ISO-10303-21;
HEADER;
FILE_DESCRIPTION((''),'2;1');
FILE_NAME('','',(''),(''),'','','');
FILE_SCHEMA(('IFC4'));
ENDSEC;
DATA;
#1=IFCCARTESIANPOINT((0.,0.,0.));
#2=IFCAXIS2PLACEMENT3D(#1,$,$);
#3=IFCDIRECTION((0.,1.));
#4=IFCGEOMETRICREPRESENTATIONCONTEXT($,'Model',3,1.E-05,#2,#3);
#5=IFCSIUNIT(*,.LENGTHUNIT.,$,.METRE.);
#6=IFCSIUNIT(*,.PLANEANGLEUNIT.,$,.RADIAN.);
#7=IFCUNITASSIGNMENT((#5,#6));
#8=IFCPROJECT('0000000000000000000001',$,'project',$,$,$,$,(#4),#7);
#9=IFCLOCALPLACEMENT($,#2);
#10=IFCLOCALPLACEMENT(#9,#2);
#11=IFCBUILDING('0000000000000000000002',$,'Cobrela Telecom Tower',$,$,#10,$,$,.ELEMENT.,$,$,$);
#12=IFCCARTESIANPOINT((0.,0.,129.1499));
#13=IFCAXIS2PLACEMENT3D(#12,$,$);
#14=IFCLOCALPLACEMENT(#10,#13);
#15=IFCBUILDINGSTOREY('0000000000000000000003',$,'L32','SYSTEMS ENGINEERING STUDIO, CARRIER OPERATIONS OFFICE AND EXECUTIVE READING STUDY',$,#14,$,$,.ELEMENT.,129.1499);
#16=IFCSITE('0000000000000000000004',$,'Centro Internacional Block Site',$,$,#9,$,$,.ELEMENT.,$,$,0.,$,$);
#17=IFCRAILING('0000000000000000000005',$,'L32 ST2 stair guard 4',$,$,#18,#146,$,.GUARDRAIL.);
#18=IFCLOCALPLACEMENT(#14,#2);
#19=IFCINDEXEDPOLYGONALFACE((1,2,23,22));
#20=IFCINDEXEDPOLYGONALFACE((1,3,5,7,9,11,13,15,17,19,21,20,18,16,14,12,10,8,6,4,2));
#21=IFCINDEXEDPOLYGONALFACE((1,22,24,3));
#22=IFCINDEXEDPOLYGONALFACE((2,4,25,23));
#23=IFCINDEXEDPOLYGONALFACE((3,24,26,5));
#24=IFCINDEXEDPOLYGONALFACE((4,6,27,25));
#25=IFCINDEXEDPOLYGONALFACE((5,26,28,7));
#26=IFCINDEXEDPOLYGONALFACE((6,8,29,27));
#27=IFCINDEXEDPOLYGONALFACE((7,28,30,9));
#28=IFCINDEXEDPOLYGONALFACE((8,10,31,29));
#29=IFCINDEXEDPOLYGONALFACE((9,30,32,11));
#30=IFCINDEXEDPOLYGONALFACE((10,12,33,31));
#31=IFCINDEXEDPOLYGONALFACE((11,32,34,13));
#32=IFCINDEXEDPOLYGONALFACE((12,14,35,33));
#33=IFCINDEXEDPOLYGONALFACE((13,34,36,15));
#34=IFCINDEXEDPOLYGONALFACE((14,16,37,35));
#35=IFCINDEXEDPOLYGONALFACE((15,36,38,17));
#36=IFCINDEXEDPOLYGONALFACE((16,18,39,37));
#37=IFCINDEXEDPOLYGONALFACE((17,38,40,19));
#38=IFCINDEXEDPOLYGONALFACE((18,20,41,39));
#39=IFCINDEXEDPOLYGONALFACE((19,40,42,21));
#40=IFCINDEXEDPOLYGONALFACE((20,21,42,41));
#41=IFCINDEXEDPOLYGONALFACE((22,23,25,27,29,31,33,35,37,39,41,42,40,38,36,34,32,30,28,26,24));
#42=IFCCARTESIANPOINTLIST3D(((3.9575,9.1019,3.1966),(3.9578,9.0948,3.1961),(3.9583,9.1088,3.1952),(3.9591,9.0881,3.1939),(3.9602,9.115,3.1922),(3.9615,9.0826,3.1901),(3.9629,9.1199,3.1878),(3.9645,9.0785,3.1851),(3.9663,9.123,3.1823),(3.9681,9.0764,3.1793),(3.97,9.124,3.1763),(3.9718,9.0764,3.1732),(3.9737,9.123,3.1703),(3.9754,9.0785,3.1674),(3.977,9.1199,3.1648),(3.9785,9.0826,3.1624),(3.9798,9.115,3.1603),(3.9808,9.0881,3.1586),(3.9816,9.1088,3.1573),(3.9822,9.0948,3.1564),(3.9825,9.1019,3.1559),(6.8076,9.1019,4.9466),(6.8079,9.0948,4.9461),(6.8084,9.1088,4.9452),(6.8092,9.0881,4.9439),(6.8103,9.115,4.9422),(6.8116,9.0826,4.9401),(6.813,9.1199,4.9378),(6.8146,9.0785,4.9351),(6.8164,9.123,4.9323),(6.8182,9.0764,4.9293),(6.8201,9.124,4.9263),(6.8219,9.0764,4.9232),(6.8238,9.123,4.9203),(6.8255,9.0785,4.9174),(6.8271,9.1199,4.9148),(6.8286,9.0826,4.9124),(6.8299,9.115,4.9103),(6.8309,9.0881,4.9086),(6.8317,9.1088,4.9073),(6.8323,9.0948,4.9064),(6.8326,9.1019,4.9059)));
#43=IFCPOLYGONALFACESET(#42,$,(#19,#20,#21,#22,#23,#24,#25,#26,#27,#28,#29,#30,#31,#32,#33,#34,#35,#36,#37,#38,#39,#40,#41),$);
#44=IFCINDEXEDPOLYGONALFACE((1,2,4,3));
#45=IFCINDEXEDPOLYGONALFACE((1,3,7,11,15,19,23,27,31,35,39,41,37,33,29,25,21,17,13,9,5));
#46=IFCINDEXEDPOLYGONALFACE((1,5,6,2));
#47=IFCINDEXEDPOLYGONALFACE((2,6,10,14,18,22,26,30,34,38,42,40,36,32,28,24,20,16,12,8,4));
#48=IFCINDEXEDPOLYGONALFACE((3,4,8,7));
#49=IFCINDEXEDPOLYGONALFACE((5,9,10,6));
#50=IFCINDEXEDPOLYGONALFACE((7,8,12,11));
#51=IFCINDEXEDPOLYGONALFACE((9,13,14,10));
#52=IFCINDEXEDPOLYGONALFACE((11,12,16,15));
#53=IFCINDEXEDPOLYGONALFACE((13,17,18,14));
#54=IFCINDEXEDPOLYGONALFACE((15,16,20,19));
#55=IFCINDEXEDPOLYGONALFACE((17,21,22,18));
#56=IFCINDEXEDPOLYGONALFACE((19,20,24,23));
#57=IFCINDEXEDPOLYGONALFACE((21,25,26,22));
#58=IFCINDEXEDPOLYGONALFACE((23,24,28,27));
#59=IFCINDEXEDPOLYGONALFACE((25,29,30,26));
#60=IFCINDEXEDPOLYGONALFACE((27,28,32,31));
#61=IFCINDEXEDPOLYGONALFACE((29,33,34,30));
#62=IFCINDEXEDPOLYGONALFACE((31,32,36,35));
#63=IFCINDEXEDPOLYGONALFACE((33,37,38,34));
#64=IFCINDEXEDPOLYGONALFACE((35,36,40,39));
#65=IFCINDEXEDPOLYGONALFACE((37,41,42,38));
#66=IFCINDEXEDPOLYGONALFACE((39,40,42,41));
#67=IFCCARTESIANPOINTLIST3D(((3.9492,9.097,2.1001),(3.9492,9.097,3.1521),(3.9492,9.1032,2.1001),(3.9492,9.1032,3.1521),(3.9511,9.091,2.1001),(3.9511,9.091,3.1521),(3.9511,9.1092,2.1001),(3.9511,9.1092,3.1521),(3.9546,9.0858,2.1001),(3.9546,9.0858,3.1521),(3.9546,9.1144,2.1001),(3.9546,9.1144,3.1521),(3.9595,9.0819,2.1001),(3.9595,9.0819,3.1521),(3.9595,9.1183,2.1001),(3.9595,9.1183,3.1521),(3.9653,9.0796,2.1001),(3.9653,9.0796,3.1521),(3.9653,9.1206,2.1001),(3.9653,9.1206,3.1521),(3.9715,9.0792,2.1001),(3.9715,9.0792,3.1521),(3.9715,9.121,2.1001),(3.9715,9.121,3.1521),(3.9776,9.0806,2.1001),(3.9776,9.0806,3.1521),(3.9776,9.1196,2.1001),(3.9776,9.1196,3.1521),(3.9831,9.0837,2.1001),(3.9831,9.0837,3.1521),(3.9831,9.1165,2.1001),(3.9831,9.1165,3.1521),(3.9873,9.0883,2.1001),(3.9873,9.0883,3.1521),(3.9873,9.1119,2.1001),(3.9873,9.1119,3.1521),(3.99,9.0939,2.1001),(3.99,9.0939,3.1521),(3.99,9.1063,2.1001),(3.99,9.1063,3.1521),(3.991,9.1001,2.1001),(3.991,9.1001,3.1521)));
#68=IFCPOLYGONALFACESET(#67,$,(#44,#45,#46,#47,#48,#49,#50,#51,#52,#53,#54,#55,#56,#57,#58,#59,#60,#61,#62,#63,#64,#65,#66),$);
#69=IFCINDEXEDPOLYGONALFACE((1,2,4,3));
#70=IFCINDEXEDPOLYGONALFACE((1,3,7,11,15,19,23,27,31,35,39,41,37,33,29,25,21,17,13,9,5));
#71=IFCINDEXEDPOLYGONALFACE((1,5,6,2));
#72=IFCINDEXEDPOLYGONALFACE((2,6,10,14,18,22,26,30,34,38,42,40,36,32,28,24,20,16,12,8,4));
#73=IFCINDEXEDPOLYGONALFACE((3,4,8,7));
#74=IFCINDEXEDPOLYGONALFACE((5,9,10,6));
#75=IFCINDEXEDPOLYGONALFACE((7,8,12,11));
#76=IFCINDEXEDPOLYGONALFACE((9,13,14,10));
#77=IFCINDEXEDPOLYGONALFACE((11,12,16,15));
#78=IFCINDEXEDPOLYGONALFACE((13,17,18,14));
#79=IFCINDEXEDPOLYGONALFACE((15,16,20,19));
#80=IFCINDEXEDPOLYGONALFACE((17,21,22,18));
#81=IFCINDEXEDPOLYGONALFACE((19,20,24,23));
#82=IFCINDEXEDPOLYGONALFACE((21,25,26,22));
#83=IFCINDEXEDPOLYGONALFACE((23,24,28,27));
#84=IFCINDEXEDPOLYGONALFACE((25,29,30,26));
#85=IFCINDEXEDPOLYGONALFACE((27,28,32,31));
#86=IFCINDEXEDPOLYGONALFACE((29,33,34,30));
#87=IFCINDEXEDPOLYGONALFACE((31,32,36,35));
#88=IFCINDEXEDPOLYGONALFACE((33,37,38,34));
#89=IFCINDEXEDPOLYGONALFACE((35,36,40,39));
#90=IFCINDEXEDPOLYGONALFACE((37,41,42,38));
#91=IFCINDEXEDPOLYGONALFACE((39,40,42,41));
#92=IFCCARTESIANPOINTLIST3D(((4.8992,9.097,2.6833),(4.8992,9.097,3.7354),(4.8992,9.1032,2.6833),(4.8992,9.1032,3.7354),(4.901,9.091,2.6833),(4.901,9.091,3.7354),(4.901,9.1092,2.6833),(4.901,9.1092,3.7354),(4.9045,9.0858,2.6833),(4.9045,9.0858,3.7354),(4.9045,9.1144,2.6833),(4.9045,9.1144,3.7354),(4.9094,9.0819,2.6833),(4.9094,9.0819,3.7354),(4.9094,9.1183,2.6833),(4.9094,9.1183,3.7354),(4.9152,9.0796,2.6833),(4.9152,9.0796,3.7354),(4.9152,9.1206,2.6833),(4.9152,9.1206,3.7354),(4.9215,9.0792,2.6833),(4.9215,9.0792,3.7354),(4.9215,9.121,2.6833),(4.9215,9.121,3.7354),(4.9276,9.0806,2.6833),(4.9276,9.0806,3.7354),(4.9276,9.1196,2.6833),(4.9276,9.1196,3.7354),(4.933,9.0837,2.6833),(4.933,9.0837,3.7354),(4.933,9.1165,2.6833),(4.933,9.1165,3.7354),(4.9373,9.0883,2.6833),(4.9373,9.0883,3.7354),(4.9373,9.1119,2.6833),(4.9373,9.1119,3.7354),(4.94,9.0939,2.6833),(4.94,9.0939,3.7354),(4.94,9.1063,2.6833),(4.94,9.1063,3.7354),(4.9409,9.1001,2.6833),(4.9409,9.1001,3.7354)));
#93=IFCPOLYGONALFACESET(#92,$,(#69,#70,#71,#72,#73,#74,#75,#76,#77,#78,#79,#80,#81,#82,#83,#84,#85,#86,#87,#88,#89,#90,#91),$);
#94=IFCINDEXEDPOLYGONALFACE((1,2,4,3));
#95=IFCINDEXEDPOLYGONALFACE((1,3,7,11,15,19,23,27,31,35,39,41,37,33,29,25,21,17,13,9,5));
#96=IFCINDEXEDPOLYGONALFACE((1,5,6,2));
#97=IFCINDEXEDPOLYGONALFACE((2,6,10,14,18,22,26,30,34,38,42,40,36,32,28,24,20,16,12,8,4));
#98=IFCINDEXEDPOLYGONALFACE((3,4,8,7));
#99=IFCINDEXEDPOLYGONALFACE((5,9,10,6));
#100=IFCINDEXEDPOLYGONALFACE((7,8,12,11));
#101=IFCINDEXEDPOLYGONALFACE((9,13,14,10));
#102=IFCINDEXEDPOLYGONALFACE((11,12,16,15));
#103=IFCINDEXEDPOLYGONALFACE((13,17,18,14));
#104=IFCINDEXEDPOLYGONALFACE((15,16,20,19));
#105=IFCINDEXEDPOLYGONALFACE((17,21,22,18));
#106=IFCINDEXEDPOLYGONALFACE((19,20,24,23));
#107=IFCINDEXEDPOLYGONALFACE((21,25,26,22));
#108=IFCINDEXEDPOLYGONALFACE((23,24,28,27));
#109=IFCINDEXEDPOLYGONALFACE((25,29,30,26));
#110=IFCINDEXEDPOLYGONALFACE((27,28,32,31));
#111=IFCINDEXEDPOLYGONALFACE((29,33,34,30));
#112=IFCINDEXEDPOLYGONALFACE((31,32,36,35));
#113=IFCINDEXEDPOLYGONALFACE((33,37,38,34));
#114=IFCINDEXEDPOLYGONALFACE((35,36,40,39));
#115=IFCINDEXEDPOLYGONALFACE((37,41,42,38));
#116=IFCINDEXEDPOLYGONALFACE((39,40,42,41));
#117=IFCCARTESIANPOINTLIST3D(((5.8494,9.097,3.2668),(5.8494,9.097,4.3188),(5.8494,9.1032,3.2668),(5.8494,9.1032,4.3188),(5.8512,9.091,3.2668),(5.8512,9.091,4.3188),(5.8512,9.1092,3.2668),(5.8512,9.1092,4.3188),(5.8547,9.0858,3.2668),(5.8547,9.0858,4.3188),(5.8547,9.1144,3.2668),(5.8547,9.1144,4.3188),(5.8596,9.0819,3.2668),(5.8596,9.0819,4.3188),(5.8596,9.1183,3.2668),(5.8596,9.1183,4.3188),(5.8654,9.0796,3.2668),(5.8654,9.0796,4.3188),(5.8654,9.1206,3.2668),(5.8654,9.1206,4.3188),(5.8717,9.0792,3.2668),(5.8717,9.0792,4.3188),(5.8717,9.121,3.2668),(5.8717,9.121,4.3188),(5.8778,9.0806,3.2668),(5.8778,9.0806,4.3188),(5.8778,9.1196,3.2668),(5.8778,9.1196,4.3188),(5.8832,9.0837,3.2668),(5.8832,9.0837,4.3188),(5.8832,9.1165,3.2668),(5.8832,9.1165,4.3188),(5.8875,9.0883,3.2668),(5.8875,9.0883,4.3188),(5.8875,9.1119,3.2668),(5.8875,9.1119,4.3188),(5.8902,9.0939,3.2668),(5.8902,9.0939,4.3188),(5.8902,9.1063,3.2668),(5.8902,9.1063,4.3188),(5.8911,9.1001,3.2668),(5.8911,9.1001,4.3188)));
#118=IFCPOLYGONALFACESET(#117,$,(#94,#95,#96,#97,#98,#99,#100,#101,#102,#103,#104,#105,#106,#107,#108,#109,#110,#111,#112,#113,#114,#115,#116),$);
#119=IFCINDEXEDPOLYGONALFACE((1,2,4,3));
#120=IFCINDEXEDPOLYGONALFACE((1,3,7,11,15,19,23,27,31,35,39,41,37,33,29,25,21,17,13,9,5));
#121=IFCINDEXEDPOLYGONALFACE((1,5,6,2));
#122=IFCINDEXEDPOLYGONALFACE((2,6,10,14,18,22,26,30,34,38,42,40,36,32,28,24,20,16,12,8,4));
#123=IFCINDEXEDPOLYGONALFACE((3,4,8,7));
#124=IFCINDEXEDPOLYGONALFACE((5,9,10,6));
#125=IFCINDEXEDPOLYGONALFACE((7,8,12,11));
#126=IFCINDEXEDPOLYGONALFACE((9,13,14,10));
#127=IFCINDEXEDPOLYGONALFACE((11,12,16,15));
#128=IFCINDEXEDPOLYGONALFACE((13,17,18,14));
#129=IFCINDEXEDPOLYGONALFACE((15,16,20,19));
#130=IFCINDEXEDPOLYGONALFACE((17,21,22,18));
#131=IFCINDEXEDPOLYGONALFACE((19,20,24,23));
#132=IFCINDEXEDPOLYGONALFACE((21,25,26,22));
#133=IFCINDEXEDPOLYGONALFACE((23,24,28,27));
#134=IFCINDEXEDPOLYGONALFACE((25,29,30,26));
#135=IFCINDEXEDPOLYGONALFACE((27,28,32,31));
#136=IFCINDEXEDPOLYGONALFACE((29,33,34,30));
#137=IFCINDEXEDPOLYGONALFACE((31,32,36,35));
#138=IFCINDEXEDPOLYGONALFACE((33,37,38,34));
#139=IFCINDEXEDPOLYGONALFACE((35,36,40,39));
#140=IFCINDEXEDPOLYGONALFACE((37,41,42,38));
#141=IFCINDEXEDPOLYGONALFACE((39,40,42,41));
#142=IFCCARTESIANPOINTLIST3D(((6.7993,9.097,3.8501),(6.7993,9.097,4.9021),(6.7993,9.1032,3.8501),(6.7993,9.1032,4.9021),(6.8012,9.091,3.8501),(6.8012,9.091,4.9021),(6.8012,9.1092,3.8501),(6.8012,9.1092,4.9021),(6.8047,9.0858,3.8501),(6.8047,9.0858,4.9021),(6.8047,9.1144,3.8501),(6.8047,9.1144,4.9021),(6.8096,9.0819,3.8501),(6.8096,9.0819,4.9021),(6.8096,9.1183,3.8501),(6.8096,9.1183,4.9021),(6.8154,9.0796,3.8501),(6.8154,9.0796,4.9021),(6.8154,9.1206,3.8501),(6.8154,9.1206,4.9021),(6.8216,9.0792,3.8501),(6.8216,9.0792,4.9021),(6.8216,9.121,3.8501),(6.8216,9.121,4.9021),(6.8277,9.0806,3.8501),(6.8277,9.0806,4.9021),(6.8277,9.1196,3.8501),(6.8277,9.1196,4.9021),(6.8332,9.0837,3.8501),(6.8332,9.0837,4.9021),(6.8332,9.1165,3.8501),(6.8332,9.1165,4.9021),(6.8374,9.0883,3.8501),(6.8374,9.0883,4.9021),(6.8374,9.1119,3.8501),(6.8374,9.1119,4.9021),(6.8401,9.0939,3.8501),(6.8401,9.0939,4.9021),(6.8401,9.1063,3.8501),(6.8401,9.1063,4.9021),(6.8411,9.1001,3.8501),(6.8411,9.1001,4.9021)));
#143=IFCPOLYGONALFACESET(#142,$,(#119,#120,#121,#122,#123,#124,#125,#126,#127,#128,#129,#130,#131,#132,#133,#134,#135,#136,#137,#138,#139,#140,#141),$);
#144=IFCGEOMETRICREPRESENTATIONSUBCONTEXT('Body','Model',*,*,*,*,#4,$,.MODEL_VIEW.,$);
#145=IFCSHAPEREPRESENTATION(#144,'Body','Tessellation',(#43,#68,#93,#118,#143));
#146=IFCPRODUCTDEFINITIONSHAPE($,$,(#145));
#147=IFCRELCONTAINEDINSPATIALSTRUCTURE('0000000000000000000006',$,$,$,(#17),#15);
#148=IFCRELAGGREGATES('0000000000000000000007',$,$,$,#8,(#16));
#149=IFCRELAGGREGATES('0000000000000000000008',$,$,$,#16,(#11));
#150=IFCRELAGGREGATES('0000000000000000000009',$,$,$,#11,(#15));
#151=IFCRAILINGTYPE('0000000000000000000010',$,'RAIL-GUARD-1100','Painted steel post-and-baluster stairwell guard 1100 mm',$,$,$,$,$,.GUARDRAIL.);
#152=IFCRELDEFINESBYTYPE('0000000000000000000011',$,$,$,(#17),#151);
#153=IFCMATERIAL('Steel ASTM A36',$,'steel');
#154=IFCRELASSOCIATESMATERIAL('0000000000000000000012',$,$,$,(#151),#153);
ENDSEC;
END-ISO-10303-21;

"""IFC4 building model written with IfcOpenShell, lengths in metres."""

from ifc_helpers import new_model, si_unit, direction, frame, origin, origin_2d, place, context, subcontext, project, spatial, circle, extrude, material, type_object, element, save


model = new_model("IFC4")

# Units and contexts
model_context = context("Model", 3, precision=1e-05, world=origin(), true_north=direction((0.0, 1.0)))
body_context = subcontext(model_context, "Body", "Model", "MODEL_VIEW")
ifc_project = project(units=[si_unit("LENGTHUNIT", "METRE"), si_unit("PLANEANGLEUNIT", "RADIAN")], contexts=[model_context])

# Site, building, storey
site_placement = place(None, origin())
site = spatial("IfcSite", under=ifc_project, at=site_placement, Name="Centro Internacional Block Site", CompositionType="ELEMENT", RefElevation=0.0)
building_placement = place(site_placement, origin())
building = spatial("IfcBuilding", under=site, at=building_placement, Name="Cobrela Telecom Tower", CompositionType="ELEMENT")
storey_placement = place(building_placement, frame((0.0, 0.0, 129.1499)))
storey = spatial("IfcBuildingStorey", under=building, at=storey_placement, Name="L32", Description="SYSTEMS ENGINEERING STUDIO, CARRIER OPERATIONS OFFICE AND EXECUTIVE READING STUDY", CompositionType="ELEMENT", Elevation=129.1499)

# Shared definitions
ifc_material_1 = material(Name="Steel ASTM A36", Category="steel")

# Railing
railing_type_1 = type_object("IfcRailingType", Name="RAIL-GUARD-1100", Description="Painted steel post-and-baluster stairwell guard 1100 mm", PredefinedType="GUARDRAIL", material=ifc_material_1)
railing_1_placement = place(storey_placement, frame((3.97, 9.1001, 2.1001)))
element("IfcRailing", 1, at=railing_1_placement, inside=storey, type_object=railing_type_1, Name="L32 ST2 stair guard 4", PredefinedType="GUARDRAIL", context=body_context, shape_type="SweptSolid", body=[
    extrude(circle(Radius=0.0239, at=origin_2d()), frame((0.0, 0.0, 1.0762), z_axis=(0.852179, 0.0, 0.52325), x_axis=(0.0, 1.0, 0.0)), (0.0, 0.0, 1.0), 3.3445),
    extrude(circle(Radius=0.021, at=origin_2d()), origin(), (0.0, 0.0, 1.0), 1.052),
    extrude(circle(Radius=0.021, at=origin_2d()), frame((0.95, 0.0, 0.5833)), (0.0, 0.0, 1.0), 1.052),
    extrude(circle(Radius=0.021, at=origin_2d()), frame((1.9001, 0.0, 1.1667)), (0.0, 0.0, 1.0), 1.052),
    extrude(circle(Radius=0.021, at=origin_2d()), frame((2.8501, 0.0, 1.75)), (0.0, 0.0, 1.0), 1.052),
])

save(model, "model.ifc")
